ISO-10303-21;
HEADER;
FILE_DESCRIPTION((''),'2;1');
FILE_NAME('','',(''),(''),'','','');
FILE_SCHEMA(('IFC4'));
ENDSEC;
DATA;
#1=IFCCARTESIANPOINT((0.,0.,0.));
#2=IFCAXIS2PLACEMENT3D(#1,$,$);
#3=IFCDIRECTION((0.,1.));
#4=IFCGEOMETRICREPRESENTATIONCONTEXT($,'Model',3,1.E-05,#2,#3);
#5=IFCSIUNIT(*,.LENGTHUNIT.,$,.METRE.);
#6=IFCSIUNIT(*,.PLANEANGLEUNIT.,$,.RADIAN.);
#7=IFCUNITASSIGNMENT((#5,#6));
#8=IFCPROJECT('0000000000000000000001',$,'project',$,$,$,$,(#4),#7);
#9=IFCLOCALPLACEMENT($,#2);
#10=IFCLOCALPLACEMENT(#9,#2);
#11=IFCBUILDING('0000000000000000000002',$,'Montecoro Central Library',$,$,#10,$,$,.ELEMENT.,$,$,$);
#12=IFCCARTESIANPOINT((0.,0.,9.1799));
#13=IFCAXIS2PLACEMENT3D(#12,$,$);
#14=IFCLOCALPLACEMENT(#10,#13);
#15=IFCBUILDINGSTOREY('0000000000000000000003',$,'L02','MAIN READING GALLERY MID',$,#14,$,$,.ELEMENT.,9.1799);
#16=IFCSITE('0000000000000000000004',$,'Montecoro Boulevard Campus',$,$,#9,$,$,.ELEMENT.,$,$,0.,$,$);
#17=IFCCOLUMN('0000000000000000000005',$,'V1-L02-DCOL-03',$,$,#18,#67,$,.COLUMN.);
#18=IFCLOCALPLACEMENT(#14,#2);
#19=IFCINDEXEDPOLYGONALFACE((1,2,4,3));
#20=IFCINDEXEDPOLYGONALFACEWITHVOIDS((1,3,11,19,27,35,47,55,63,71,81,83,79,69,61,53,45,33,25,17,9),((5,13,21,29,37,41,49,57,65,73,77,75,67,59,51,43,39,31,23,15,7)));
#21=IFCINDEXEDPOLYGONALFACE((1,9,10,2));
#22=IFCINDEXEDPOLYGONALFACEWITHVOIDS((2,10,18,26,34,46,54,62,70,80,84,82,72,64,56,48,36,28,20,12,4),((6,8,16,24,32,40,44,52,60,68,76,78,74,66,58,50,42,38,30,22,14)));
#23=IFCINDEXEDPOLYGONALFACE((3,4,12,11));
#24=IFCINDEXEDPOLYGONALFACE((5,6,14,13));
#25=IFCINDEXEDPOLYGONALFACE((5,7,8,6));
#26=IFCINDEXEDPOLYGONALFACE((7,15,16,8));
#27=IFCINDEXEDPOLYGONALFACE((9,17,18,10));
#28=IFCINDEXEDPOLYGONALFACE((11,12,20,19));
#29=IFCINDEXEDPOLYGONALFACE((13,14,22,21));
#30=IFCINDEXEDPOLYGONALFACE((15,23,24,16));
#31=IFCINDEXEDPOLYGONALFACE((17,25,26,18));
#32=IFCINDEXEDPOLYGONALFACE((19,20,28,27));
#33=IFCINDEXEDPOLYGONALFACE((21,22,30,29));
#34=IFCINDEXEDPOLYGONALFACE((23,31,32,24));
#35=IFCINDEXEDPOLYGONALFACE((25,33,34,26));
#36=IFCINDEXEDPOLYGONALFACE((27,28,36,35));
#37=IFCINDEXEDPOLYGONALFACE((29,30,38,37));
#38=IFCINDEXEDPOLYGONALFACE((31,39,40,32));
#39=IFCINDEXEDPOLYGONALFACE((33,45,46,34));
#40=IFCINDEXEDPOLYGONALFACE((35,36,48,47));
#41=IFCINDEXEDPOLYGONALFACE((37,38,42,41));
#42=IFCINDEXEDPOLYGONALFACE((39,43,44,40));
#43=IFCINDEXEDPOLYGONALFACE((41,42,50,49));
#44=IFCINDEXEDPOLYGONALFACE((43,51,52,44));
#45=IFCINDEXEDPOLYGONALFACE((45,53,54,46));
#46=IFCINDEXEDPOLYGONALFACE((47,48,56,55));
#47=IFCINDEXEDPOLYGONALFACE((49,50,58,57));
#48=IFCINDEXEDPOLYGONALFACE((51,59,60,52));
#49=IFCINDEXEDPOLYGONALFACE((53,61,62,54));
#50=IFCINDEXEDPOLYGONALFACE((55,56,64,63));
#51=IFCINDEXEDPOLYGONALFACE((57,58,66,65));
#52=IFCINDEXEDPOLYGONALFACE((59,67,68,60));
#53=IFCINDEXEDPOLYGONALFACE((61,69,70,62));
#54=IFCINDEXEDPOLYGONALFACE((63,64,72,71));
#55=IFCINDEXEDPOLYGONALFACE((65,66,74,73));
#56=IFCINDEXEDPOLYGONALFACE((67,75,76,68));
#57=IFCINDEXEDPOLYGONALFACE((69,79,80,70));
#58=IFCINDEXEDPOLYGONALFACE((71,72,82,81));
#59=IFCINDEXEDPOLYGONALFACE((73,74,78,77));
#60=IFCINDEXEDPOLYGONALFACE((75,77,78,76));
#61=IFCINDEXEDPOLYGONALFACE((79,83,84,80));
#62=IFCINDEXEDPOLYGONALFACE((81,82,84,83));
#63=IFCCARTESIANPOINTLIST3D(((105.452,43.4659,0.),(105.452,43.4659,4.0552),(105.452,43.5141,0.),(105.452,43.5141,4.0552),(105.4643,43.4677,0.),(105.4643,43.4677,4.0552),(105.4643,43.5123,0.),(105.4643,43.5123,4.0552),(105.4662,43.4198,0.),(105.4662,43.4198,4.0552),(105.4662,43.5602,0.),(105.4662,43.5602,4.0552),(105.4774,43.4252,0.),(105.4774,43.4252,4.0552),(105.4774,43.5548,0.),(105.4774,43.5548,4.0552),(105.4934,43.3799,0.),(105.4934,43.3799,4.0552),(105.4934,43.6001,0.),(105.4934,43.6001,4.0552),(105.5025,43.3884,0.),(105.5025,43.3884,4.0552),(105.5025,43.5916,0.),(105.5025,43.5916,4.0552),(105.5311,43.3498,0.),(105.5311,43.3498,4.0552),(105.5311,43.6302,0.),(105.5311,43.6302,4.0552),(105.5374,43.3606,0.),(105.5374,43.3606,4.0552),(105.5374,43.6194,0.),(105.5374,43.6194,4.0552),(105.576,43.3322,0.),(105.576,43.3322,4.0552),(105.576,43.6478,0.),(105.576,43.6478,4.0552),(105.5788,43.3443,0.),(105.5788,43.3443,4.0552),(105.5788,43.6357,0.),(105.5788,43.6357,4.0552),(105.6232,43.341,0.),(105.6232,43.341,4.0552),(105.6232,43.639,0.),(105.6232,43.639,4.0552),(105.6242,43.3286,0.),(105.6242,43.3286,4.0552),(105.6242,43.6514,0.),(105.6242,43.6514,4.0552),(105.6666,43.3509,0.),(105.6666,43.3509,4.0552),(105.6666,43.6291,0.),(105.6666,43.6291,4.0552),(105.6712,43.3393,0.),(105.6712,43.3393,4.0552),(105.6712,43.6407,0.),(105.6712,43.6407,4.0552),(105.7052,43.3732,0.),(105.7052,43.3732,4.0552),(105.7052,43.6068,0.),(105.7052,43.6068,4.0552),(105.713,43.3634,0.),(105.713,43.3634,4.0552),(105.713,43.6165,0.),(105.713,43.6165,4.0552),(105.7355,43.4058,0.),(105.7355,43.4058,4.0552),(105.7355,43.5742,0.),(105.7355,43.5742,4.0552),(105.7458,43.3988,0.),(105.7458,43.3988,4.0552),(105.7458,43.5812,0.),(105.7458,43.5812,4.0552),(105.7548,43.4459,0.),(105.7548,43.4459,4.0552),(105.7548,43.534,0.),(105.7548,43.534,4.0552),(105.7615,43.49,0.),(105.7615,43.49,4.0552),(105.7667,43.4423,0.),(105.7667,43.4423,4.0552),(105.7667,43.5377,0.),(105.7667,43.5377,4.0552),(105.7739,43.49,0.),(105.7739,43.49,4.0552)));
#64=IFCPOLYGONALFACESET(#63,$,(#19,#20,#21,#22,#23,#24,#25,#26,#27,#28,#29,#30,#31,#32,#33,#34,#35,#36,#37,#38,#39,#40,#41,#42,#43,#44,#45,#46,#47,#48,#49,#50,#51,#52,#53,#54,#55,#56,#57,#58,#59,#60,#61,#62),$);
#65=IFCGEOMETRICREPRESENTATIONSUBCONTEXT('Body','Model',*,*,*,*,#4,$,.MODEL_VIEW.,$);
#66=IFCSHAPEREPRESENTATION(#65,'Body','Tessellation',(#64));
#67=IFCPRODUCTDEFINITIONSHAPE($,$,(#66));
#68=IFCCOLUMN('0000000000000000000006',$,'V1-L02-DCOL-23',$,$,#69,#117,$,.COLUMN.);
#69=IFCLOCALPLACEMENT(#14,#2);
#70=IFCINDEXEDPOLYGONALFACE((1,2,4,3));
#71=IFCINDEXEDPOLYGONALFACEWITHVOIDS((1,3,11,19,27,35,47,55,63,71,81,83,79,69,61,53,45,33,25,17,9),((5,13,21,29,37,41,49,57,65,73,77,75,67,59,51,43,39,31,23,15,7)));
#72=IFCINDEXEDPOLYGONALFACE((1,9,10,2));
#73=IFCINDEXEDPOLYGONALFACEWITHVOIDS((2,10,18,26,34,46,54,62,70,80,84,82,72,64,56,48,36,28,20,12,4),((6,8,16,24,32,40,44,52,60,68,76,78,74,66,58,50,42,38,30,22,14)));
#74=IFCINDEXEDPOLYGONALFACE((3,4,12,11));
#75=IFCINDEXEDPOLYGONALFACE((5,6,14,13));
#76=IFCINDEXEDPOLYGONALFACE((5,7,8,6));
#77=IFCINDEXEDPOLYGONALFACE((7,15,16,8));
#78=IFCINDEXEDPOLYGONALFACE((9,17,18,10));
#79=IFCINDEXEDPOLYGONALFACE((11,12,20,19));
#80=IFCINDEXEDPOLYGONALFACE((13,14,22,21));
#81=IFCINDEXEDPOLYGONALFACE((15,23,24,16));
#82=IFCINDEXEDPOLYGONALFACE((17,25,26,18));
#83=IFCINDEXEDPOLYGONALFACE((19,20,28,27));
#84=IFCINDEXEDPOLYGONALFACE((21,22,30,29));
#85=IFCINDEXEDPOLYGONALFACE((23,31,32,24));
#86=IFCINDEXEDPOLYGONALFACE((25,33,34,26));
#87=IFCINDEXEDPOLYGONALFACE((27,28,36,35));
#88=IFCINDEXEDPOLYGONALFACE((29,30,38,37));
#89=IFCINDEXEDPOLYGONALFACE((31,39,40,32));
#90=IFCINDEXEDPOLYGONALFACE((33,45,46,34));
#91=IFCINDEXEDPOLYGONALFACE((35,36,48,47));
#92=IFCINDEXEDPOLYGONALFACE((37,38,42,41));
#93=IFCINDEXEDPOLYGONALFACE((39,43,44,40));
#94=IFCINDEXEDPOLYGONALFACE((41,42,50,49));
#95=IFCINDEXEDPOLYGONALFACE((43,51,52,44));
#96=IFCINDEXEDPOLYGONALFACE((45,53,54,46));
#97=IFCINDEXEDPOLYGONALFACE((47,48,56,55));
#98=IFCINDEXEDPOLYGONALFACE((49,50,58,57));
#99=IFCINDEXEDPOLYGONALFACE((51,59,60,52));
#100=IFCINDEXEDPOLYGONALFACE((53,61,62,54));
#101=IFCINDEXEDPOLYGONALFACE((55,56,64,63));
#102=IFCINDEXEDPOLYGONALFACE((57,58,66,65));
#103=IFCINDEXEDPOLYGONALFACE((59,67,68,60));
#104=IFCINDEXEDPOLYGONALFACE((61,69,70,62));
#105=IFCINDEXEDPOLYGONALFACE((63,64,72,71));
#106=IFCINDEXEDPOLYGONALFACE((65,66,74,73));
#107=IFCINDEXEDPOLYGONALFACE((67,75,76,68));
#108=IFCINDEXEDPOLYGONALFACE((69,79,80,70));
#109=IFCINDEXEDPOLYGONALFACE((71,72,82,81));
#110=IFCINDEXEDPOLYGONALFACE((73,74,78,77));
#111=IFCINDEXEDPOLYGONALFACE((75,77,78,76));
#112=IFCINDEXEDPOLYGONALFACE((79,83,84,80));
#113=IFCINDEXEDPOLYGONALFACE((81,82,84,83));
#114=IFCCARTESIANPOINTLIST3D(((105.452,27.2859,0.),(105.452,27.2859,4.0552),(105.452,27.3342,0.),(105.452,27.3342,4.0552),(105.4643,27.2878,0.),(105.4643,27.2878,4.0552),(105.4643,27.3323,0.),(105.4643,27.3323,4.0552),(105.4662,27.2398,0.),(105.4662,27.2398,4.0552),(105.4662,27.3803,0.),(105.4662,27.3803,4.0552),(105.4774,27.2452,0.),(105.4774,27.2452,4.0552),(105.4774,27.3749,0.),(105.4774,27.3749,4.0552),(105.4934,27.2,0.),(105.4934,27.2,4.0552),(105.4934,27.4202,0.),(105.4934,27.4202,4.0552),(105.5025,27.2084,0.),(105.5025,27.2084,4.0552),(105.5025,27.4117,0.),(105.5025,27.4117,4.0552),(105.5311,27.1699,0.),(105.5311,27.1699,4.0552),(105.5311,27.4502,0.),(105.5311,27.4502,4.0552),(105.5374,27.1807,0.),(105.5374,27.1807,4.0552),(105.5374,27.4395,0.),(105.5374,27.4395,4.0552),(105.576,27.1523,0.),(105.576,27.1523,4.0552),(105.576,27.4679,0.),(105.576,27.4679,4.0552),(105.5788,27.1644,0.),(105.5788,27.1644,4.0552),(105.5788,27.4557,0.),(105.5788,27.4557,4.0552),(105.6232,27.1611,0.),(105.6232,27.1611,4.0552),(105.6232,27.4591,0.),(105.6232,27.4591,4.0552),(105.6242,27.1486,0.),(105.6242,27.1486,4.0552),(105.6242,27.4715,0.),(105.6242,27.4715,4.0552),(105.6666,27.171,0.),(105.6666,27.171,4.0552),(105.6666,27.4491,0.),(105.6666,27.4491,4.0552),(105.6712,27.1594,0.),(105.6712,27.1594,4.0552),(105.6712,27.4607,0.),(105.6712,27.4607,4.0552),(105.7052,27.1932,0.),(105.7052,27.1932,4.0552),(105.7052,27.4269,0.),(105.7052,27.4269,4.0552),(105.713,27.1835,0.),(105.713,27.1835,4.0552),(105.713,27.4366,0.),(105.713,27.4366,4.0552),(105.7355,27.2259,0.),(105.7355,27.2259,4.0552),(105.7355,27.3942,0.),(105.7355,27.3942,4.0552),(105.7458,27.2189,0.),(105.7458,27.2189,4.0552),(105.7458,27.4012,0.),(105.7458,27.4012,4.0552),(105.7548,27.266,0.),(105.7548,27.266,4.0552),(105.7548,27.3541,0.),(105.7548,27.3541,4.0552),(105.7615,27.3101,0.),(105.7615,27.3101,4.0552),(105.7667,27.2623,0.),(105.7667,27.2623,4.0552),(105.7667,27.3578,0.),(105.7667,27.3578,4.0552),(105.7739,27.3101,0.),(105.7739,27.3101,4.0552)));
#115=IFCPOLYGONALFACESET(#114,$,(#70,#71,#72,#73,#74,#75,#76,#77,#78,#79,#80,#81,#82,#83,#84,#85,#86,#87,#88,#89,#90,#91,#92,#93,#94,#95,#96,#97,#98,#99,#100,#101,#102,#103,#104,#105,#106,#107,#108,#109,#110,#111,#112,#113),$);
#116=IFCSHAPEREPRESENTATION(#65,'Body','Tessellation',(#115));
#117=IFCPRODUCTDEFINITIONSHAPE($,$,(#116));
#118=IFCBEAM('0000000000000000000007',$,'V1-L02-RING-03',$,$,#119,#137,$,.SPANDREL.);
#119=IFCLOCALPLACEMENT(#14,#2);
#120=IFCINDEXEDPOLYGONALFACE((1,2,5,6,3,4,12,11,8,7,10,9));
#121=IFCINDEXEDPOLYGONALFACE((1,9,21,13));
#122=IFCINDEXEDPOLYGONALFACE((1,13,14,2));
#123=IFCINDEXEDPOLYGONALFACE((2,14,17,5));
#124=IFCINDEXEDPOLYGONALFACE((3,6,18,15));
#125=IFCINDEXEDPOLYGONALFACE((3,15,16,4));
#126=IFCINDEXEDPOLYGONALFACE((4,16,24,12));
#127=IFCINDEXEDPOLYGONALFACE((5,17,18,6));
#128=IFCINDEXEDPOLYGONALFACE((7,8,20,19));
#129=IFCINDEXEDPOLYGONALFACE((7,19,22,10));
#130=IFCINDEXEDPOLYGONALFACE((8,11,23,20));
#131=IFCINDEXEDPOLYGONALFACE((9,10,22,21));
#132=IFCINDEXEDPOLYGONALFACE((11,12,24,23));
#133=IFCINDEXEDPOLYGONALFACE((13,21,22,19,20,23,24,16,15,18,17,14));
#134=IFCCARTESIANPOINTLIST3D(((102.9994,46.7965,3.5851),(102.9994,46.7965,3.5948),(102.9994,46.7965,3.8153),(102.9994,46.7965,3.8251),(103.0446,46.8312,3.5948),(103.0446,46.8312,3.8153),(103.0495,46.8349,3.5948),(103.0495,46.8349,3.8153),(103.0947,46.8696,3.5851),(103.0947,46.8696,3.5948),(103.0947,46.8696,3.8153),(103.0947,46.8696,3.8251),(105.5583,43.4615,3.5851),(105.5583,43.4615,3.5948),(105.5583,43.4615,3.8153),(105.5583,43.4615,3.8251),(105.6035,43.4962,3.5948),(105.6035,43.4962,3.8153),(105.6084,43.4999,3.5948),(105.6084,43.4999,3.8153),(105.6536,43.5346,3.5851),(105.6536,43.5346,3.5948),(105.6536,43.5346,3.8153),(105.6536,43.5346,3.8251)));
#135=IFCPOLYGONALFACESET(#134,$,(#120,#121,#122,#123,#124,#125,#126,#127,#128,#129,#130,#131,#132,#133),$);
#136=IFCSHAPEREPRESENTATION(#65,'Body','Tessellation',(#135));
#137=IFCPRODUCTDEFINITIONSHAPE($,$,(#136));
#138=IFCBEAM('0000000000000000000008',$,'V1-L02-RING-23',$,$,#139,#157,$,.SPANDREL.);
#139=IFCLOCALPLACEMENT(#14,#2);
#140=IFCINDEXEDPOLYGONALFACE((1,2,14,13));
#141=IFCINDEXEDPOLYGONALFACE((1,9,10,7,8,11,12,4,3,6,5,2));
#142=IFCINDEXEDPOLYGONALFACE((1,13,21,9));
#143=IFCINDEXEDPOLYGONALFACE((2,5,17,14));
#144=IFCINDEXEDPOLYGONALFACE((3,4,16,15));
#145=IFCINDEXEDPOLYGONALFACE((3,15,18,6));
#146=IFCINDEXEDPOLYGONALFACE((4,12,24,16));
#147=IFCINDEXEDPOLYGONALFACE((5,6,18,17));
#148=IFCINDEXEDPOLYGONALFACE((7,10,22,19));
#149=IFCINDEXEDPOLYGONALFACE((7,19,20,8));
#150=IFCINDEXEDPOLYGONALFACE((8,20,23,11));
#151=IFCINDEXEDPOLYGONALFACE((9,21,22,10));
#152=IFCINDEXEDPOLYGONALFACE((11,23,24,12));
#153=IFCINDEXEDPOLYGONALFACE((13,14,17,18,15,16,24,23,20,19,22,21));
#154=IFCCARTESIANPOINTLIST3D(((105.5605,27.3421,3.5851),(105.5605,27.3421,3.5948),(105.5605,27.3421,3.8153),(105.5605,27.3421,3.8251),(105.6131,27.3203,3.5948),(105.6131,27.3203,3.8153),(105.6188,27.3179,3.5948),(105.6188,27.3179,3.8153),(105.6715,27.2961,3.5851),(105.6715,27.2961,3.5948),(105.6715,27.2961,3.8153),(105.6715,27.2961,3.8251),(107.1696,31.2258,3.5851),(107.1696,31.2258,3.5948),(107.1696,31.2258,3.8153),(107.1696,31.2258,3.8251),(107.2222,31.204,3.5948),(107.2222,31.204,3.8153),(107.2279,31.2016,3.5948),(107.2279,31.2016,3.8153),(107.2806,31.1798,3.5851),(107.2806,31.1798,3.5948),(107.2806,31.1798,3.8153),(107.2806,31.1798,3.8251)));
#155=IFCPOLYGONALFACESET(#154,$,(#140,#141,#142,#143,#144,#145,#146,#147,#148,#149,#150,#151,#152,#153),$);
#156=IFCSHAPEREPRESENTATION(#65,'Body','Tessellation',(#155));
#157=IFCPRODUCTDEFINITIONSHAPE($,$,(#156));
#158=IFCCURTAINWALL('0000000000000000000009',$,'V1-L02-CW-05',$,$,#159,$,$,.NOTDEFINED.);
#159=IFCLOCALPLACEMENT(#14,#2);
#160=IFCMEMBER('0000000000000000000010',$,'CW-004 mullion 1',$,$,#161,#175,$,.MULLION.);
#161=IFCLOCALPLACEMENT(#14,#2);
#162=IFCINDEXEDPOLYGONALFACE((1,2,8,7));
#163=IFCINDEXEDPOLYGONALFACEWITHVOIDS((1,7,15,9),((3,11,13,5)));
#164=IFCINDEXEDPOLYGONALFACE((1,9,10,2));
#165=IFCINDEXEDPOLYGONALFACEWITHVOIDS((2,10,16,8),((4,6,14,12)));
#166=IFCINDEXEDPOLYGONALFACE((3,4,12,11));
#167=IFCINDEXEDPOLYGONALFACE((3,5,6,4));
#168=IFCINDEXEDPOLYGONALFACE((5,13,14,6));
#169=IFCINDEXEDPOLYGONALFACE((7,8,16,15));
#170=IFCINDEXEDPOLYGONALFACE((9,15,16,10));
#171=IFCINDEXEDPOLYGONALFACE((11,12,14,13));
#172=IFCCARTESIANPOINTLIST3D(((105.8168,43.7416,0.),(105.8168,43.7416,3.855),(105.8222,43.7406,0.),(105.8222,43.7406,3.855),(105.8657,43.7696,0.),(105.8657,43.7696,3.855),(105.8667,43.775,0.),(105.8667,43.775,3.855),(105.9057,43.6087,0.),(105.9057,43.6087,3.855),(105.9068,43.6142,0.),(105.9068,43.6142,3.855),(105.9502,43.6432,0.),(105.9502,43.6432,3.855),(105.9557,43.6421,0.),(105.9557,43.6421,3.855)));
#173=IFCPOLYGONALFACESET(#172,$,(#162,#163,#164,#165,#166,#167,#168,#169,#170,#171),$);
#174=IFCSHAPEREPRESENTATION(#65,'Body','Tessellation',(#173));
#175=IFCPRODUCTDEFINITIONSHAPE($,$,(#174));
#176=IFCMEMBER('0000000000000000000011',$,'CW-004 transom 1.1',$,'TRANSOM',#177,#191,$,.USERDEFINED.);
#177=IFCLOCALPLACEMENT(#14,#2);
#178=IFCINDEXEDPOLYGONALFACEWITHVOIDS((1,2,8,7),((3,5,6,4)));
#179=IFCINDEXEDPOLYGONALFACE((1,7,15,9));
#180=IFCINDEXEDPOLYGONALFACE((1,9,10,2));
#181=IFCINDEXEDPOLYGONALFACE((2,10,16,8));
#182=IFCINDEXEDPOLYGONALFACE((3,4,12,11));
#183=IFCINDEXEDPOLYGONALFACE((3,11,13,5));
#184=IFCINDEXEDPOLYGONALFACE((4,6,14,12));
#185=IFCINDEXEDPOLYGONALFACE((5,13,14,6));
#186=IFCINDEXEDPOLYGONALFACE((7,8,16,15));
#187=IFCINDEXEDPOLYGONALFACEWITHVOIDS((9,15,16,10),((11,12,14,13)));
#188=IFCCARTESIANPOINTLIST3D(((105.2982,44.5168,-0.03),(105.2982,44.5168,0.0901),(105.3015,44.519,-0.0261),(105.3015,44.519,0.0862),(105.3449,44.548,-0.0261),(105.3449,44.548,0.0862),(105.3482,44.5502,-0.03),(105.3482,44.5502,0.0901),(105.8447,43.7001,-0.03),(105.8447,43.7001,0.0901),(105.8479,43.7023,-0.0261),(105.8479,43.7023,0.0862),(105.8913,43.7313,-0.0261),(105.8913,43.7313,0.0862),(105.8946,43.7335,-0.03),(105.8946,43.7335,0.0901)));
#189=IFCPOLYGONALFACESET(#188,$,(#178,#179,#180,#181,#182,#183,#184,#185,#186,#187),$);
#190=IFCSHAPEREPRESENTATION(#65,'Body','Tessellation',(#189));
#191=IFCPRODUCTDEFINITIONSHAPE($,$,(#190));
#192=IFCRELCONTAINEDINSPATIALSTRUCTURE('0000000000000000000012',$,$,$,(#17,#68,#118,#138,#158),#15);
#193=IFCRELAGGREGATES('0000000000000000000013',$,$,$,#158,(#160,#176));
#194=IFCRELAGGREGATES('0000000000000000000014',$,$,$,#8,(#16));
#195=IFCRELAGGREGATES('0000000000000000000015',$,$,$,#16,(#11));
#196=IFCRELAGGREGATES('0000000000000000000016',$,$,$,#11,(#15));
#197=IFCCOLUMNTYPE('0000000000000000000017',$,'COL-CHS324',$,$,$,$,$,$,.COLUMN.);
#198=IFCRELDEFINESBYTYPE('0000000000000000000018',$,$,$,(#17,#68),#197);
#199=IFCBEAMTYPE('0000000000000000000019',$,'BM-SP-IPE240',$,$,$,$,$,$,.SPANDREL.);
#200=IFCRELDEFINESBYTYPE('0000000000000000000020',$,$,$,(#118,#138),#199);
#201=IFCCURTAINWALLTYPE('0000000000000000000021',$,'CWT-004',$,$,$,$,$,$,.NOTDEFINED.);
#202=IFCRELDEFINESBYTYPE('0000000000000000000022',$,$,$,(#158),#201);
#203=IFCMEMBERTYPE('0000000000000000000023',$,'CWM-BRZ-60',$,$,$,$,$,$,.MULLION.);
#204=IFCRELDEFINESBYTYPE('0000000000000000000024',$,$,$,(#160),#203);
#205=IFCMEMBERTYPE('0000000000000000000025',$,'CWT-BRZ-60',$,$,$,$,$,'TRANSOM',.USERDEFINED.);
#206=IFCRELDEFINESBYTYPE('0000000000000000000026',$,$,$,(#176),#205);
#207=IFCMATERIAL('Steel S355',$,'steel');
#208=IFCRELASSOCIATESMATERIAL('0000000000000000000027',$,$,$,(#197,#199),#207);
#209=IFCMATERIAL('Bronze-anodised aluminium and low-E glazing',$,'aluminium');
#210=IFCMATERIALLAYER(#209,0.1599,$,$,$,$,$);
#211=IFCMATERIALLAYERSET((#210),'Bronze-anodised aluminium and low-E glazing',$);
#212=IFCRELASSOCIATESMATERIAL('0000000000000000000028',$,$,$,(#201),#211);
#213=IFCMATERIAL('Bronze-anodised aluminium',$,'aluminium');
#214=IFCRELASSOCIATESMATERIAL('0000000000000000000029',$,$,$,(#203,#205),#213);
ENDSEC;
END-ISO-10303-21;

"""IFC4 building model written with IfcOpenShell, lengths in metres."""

from ifc_helpers import new_model, si_unit, direction, frame, origin, origin_2d, place, context, subcontext, project, spatial, hollow_rectangle, hollow_circle, i_section, extrude, material, layer, layer_set, material_profile, profile_set, type_object, element, aggregate, save


model = new_model("IFC4")

# Units and contexts
model_context = context("Model", 3, precision=1e-05, world=origin(), true_north=direction((0.0, 1.0)))
body_context = subcontext(model_context, "Body", "Model", "MODEL_VIEW")
ifc_project = project(units=[si_unit("LENGTHUNIT", "METRE"), si_unit("PLANEANGLEUNIT", "RADIAN")], contexts=[model_context])

# Site, building, storey
site_placement = place(None, origin())
site = spatial("IfcSite", under=ifc_project, at=site_placement, Name="Montecoro Boulevard Campus", CompositionType="ELEMENT", RefElevation=0.0)
building_placement = place(site_placement, origin())
building = spatial("IfcBuilding", under=site, at=building_placement, Name="Montecoro Central Library", CompositionType="ELEMENT")
storey_placement = place(building_placement, frame((0.0, 0.0, 9.1799)))
storey = spatial("IfcBuildingStorey", under=building, at=storey_placement, Name="L02", Description="MAIN READING GALLERY MID", CompositionType="ELEMENT", Elevation=9.1799)

# Columns
ifc_material_1 = material(Name="Steel S355", Category="steel")
ifc_material_profile_1 = material_profile(ifc_material_1, hollow_circle(Radius=0.1619, WallThickness=0.0125, at=origin_2d()), Name="CHS 323.9x12.5")
ifc_profile_set_1 = profile_set([ifc_material_profile_1], Name="Steel S355")
column_type = type_object("IfcColumnType", Name="COL-CHS324", PredefinedType="COLUMN", material=ifc_profile_set_1)
for number, where, z_axis, x_axis, name in (
    (1, (105.6121, 43.49, 0.0), (0.0, 0.0, 1.0), (1.0, 0.0, 0.0), "V1-L02-DCOL-03"),
    (2, (105.6121, 27.3101, 0.0), (0.0, 0.0, 1.0), (1.0, 0.0, 0.0), "V1-L02-DCOL-23"),
):
    element("IfcColumn", number, at=place(storey_placement, frame(where, z_axis=z_axis, x_axis=x_axis)), inside=storey, type_object=column_type, Name=name, PredefinedType="COLUMN", context=body_context, shape_type="SweptSolid", body=[
        extrude(hollow_circle(Radius=0.1619, WallThickness=0.0125, at=origin_2d()), origin(), (0.0, 0.0, 1.0), 4.0552),
    ])

# Beams
ifc_material_profile_2 = material_profile(ifc_material_1, i_section(OverallWidth=0.1201, OverallDepth=0.24, WebThickness=0.0061, FlangeThickness=0.0098, at=origin_2d()), Name="IPE 240")
ifc_profile_set_2 = profile_set([ifc_material_profile_2], Name="Steel S355")
beam_type = type_object("IfcBeamType", Name="BM-SP-IPE240", PredefinedType="SPANDREL", material=ifc_profile_set_2)
beam_1_placement = place(storey_placement, frame((105.606, 43.498, 3.7051), z_axis=(-0.608736, 0.793373, 0.0), x_axis=(-0.793373, -0.608736, 0.0)))
element("IfcBeam", 3, at=beam_1_placement, inside=storey, type_object=beam_type, Name="V1-L02-RING-03", PredefinedType="SPANDREL", context=body_context, shape_type="SweptSolid", body=[
    extrude(i_section(OverallWidth=0.1201, OverallDepth=0.24, WebThickness=0.0061, FlangeThickness=0.0098, at=origin_2d()), origin(), (0.0, 0.0, 1.0), 4.2036),
])
beam_2_placement = place(storey_placement, frame((105.616, 27.3191, 3.7051), z_axis=(0.382767, 0.923845, 0.0), x_axis=(-0.923845, 0.382767, 0.0)))
element("IfcBeam", 4, at=beam_2_placement, inside=storey, type_object=beam_type, Name="V1-L02-RING-23", PredefinedType="SPANDREL", context=body_context, shape_type="SweptSolid", body=[
    extrude(i_section(OverallWidth=0.1201, OverallDepth=0.24, WebThickness=0.0061, FlangeThickness=0.0098, at=origin_2d()), origin(), (0.0, 0.0, 1.0), 4.2039),
])

# Curtain wall, members
ifc_material_2 = material(Name="Bronze-anodised aluminium and low-E glazing", Category="aluminium")
ifc_layer_1 = layer(ifc_material_2, 0.1599)
ifc_layer_set_1 = layer_set([ifc_layer_1], Name="Bronze-anodised aluminium and low-E glazing")
curtain_wall_type = type_object("IfcCurtainWallType", Name="CWT-004", PredefinedType="NOTDEFINED", material=ifc_layer_set_1)
curtain_wall_placement = place(storey_placement, origin())
curtain_wall = element("IfcCurtainWall", 5, at=curtain_wall_placement, inside=storey, type_object=curtain_wall_type, Name="V1-L02-CW-05", PredefinedType="NOTDEFINED")
ifc_material_3 = material(Name="Bronze-anodised aluminium", Category="aluminium")
ifc_material_profile_3 = material_profile(ifc_material_3, hollow_rectangle(XDim=0.0601, YDim=0.1599, WallThickness=0.0039, at=origin_2d()), Name="CWM 160x60x4.0")
ifc_profile_set_3 = profile_set([ifc_material_profile_3], Name="Bronze-anodised aluminium")
member_type_1 = type_object("IfcMemberType", Name="CWM-BRZ-60", PredefinedType="MULLION", material=ifc_profile_set_3)
member_1_placement = place(storey_placement, frame((105.8862, 43.6919, 0.0), z_axis=(0.0, 0.0, 1.0), x_axis=(-0.831117, -0.556098, 0.0)))
member_1 = element("IfcMember", 6, at=member_1_placement, type_object=member_type_1, Name="CW-004 mullion 1", PredefinedType="MULLION", context=body_context, shape_type="SweptSolid", body=[
    extrude(hollow_rectangle(XDim=0.0601, YDim=0.1599, WallThickness=0.0039, at=origin_2d()), origin(), (0.0, 0.0, 1.0), 3.855),
])
ifc_material_profile_4 = material_profile(ifc_material_3, hollow_rectangle(XDim=0.0601, YDim=0.1201, WallThickness=0.0039, at=origin_2d()), Name="CWT 120x60x4.0")
ifc_profile_set_4 = profile_set([ifc_material_profile_4], Name="Bronze-anodised aluminium")
member_type_2 = type_object("IfcMemberType", Name="CWT-BRZ-60", ElementType="TRANSOM", PredefinedType="USERDEFINED", material=ifc_profile_set_4)
member_2_placement = place(storey_placement, frame((105.8696, 43.7168, 0.03), z_axis=(-0.556076, 0.831132, 0.0), x_axis=(-0.831132, -0.556076, 0.0)))
member_2 = element("IfcMember", 7, at=member_2_placement, type_object=member_type_2, Name="CW-004 transom 1.1", ObjectType="TRANSOM", PredefinedType="USERDEFINED", context=body_context, shape_type="SweptSolid", body=[
    extrude(hollow_rectangle(XDim=0.0601, YDim=0.1201, WallThickness=0.0039, at=origin_2d()), origin(), (0.0, 0.0, 1.0), 0.9827),
])
aggregate(curtain_wall, [member_1, member_2])

save(model, "model.ifc")
